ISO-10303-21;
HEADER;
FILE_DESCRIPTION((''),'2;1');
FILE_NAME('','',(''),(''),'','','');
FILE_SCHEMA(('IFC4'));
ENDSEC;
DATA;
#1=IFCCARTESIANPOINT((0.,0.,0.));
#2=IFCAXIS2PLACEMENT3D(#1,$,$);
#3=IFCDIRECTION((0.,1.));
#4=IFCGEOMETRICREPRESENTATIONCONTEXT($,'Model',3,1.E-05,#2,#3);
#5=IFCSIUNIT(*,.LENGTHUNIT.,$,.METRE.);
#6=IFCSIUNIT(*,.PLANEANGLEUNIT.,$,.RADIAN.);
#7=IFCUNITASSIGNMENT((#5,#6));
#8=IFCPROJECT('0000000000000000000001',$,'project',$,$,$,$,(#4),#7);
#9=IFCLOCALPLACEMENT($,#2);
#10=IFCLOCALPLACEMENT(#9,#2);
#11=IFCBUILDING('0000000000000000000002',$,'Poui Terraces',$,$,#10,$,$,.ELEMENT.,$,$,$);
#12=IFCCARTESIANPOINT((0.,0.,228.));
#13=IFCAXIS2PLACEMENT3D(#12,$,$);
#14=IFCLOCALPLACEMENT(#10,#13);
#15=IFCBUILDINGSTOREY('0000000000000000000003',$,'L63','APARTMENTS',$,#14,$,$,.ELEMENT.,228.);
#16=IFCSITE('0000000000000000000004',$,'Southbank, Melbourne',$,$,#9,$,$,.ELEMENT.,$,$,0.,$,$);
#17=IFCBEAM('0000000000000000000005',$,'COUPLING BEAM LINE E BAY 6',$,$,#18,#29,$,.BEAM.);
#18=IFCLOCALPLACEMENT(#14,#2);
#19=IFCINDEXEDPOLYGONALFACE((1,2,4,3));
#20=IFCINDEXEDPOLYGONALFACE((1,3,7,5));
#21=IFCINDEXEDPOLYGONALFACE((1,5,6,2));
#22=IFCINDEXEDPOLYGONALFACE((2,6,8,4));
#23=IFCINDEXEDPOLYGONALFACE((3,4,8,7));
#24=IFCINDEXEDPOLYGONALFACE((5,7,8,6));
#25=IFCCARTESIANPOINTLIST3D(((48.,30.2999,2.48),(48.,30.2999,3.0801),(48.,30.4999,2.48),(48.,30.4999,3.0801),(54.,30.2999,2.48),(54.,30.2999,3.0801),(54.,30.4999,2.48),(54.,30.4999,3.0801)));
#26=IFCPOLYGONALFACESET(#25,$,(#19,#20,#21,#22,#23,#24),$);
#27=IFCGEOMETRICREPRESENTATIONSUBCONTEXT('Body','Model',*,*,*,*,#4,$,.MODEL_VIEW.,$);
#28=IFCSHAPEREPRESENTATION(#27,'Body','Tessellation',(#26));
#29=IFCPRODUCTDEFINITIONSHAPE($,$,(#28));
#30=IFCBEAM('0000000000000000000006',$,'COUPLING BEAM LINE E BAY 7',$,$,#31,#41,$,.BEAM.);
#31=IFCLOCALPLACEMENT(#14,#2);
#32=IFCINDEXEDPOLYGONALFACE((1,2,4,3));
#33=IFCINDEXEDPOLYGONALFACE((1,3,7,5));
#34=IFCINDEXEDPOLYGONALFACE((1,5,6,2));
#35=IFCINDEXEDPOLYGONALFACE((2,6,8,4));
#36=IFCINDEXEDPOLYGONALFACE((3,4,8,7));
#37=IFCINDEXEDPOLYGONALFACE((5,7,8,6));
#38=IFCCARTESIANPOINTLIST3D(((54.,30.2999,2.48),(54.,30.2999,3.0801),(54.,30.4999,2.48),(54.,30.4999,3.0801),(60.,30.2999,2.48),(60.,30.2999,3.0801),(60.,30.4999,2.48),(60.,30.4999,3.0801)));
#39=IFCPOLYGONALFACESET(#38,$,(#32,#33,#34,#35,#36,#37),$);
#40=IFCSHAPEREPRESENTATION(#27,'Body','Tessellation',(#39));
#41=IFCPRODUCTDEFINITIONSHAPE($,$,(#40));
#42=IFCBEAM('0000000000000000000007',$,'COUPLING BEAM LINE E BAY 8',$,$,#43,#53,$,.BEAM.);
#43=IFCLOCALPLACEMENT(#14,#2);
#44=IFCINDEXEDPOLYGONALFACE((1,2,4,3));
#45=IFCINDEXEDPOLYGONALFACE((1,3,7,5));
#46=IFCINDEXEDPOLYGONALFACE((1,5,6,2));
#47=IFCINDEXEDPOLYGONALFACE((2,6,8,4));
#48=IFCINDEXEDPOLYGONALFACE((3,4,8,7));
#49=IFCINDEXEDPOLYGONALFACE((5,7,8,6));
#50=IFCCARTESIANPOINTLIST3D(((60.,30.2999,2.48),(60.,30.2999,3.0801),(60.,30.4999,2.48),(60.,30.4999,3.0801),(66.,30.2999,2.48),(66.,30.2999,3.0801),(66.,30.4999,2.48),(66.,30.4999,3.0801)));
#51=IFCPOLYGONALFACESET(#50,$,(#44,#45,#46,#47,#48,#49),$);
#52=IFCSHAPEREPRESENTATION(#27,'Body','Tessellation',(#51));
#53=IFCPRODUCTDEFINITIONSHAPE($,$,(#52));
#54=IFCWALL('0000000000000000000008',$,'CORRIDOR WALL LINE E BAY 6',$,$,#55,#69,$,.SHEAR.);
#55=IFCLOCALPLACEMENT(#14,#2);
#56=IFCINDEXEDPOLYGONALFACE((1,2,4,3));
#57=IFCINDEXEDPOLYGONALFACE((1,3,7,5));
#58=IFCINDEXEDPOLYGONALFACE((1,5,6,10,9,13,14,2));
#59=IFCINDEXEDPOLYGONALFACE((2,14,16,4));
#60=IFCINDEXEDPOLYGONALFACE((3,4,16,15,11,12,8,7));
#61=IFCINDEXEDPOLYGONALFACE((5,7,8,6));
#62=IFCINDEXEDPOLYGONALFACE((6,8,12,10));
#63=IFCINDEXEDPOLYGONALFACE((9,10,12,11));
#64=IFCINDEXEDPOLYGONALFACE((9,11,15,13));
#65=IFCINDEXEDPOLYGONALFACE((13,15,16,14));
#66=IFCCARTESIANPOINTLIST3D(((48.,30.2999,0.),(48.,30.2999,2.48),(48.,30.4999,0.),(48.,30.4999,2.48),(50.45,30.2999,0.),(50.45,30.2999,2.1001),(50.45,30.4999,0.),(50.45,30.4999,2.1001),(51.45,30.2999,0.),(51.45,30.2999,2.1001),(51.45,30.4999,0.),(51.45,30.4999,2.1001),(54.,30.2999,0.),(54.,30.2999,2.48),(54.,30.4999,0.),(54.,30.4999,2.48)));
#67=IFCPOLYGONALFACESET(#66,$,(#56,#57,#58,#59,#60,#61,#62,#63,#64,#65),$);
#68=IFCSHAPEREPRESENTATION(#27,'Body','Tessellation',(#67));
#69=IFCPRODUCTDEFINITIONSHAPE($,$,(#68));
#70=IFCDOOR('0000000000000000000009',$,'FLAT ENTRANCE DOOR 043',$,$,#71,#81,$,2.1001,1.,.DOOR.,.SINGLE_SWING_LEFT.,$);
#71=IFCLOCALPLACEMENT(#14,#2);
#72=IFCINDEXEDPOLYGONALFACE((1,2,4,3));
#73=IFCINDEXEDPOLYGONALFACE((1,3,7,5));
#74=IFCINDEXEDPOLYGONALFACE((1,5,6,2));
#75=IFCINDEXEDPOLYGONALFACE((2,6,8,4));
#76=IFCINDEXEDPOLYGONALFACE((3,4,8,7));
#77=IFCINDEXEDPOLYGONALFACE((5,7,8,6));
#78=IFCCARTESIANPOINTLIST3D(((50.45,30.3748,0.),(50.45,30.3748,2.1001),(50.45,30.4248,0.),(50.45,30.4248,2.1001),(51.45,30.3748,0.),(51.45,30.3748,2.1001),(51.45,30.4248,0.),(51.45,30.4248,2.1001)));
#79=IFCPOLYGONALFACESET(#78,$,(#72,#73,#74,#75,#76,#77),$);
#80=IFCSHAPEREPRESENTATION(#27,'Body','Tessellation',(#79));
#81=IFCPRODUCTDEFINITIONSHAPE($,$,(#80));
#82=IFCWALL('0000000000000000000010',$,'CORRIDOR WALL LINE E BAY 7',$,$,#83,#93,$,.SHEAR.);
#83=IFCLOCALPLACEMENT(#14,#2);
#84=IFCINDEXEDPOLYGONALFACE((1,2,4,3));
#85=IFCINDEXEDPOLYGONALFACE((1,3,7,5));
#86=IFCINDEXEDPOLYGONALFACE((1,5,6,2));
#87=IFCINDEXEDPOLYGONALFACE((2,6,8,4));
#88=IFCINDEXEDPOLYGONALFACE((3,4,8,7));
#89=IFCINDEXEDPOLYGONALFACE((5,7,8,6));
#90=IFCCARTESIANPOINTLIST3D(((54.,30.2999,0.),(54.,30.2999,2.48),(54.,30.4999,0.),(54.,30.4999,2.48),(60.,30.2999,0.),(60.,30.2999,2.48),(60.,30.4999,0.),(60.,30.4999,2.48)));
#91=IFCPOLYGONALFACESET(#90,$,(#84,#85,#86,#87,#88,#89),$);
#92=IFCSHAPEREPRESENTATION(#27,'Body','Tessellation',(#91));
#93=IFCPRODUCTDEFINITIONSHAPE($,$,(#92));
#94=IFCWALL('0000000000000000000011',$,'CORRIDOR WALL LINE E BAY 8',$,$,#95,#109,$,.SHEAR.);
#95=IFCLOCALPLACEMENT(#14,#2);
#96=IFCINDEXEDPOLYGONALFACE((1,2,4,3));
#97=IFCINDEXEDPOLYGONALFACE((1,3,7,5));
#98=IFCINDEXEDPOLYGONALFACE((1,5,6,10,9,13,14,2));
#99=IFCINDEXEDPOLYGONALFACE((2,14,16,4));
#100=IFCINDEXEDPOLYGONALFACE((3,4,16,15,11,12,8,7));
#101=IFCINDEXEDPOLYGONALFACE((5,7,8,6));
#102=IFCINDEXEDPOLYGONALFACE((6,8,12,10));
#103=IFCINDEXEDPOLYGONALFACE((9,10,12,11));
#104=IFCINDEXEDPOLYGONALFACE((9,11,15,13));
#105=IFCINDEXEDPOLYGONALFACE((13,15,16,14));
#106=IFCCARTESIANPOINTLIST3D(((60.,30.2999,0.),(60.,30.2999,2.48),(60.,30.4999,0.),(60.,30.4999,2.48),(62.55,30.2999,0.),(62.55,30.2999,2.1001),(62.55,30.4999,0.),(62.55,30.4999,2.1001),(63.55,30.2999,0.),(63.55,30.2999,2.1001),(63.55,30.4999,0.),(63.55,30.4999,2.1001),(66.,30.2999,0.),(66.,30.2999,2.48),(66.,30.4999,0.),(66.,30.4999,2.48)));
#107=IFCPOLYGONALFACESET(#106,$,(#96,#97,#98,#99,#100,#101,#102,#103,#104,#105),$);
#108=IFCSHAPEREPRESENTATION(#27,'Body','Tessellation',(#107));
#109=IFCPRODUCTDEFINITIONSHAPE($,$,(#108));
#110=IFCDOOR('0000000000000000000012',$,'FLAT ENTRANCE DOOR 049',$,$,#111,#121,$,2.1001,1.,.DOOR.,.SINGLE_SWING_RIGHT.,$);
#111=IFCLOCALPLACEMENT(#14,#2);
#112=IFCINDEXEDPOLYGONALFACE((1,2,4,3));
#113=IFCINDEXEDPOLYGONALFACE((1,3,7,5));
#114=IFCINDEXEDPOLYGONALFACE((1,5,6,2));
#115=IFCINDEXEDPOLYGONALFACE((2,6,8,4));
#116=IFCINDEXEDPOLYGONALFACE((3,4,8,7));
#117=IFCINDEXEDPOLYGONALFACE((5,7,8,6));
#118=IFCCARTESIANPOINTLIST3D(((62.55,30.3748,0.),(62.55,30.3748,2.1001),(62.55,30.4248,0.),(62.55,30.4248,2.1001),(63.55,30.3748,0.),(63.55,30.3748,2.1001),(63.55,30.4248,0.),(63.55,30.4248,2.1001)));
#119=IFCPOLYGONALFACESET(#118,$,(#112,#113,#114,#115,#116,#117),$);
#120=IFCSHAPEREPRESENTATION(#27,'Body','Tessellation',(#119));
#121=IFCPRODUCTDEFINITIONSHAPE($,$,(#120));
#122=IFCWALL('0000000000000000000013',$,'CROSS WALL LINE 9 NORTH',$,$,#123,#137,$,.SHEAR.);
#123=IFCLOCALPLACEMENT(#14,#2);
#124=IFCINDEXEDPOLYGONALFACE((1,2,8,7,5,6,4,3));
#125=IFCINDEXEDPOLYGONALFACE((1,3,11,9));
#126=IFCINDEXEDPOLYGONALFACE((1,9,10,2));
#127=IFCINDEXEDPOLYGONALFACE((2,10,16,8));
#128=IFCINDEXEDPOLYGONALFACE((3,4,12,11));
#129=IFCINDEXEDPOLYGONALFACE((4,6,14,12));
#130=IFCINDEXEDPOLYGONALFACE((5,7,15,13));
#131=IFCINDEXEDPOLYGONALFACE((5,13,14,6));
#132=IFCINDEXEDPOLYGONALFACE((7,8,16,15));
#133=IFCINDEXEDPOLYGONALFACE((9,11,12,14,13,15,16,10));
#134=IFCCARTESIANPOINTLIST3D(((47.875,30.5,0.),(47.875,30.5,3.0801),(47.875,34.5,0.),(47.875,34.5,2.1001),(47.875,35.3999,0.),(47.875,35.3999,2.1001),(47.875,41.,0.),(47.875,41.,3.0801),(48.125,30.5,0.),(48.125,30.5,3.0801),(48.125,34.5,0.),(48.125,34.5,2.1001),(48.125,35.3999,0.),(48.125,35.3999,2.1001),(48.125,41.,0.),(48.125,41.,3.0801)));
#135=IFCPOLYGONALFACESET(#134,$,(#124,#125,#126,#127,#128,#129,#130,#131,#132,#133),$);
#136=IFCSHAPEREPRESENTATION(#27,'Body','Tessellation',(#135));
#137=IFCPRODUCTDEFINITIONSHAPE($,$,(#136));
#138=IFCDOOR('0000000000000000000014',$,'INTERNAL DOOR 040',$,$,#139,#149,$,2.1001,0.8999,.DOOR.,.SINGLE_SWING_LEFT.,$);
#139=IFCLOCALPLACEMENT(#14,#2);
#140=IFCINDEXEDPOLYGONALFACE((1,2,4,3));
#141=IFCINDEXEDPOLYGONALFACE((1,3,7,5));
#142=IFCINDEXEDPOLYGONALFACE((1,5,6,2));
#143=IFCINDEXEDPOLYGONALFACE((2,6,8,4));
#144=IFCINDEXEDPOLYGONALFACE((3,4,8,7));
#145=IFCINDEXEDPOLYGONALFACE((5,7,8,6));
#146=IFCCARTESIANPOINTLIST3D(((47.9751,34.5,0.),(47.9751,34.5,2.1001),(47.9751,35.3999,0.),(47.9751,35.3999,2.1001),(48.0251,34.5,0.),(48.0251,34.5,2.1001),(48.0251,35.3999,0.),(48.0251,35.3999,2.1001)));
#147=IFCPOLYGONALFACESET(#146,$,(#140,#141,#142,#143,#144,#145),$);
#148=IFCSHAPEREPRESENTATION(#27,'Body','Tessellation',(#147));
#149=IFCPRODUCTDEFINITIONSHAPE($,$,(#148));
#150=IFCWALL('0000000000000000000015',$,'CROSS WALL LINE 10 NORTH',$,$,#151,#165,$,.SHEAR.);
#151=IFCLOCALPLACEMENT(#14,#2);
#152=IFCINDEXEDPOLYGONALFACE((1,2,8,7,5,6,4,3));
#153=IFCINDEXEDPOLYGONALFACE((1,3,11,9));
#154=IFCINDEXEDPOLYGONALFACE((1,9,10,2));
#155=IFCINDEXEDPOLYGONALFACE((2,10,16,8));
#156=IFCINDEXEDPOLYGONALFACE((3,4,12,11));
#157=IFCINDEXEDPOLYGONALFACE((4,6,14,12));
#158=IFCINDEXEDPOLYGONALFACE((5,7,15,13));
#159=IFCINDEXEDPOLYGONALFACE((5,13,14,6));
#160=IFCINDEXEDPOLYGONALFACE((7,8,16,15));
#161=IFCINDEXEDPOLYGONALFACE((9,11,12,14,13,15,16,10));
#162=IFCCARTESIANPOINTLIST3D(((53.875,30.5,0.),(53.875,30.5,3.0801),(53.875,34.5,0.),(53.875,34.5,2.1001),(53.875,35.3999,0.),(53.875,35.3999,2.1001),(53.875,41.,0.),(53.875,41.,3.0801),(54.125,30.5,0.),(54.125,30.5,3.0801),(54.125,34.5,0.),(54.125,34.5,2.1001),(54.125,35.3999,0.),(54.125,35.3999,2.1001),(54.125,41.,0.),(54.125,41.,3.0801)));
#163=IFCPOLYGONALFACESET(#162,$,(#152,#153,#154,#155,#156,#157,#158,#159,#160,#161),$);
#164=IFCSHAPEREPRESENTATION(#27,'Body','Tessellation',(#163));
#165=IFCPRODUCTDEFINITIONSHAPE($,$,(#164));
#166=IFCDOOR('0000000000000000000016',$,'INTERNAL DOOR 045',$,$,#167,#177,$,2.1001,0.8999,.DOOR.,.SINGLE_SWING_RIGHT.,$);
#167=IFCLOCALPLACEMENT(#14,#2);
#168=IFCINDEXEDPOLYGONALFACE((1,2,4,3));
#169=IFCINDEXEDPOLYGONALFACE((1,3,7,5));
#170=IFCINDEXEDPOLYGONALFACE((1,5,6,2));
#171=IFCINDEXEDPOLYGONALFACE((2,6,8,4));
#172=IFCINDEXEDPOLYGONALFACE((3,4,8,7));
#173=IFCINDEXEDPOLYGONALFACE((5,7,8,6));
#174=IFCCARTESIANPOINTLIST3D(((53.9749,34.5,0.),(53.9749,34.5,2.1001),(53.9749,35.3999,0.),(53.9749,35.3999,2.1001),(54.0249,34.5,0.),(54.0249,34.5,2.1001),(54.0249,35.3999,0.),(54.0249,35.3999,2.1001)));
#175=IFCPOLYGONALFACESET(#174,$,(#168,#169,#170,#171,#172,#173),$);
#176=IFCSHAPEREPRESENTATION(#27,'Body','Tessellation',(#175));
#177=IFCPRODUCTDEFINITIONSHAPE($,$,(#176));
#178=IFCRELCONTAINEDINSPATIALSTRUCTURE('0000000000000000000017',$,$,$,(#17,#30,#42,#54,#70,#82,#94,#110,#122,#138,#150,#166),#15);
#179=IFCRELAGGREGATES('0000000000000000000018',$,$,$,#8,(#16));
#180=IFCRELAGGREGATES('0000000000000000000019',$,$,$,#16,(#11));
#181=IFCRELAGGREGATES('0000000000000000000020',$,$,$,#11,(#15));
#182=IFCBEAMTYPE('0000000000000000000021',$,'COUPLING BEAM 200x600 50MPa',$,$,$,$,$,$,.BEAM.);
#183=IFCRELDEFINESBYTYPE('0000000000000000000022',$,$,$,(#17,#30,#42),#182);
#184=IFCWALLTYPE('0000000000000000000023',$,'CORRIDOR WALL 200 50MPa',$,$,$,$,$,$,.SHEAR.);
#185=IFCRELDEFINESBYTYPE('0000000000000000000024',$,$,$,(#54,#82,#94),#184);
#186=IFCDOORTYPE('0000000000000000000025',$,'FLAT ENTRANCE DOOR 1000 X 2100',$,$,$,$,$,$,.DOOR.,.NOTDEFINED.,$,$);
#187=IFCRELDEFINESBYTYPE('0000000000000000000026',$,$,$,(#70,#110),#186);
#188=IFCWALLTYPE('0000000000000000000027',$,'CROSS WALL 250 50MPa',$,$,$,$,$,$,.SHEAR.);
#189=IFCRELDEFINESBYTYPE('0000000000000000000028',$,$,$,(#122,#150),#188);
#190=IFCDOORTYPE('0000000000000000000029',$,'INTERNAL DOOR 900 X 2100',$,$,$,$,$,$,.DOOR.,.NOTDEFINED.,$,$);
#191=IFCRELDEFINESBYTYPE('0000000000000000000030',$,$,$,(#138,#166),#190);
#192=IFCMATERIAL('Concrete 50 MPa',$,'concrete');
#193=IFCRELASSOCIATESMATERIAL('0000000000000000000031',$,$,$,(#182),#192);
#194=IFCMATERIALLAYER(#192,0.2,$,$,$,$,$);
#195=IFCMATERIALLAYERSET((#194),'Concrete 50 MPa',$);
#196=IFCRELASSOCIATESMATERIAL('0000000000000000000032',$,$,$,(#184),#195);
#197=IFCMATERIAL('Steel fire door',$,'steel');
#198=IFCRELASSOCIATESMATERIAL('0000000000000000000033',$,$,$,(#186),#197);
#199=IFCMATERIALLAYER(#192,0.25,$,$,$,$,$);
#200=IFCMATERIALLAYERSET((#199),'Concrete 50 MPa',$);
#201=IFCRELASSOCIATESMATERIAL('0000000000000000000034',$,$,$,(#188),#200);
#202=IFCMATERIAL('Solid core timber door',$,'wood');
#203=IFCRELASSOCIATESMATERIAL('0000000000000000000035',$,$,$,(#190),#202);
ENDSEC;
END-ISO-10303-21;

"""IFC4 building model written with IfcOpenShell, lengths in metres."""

from ifc_helpers import new_model, si_unit, direction, frame, frame_2d, origin, origin_2d, place, context, subcontext, project, spatial, rectangle, extrude, source, transform, mapped, material, layer, layer_set, material_profile, profile_set, type_object, element, fill, save


model = new_model("IFC4")

# Units and contexts
model_context = context("Model", 3, precision=1e-05, world=origin(), true_north=direction((0.0, 1.0)))
body_context = subcontext(model_context, "Body", "Model", "MODEL_VIEW")
ifc_project = project(units=[si_unit("LENGTHUNIT", "METRE"), si_unit("PLANEANGLEUNIT", "RADIAN")], contexts=[model_context])

# Site, building, storey
site_placement = place(None, origin())
site = spatial("IfcSite", under=ifc_project, at=site_placement, Name="Southbank, Melbourne", CompositionType="ELEMENT", RefElevation=0.0)
building_placement = place(site_placement, origin())
building = spatial("IfcBuilding", under=site, at=building_placement, Name="Poui Terraces", CompositionType="ELEMENT")
storey_placement = place(building_placement, frame((0.0, 0.0, 228.0)))
storey = spatial("IfcBuildingStorey", under=building, at=storey_placement, Name="L63", Description="APARTMENTS", CompositionType="ELEMENT", Elevation=228.0)

# Beams
ifc_material_1 = material(Name="Concrete 50 MPa", Category="concrete")
ifc_material_profile = material_profile(ifc_material_1, rectangle(XDim=0.2, YDim=0.6001, at=origin_2d()), Name="RC 200x600")
ifc_profile_set = profile_set([ifc_material_profile], Name="Concrete 50 MPa")
beam_type = type_object("IfcBeamType", Name="COUPLING BEAM 200x600 50MPa", PredefinedType="BEAM", material=ifc_profile_set)
shared_shape = source(origin(), body_context, "Body", "SweptSolid", [
    extrude(rectangle(XDim=0.2, YDim=0.6001, at=origin_2d()), origin(), (0.0, 0.0, 1.0), 6.0),
])
for number, where, z_axis, x_axis, name in (
    (1, (48.0, 30.3999, 2.78), (1.0, 0.0, 0.0), (0.0, 1.0, 0.0), "COUPLING BEAM LINE E BAY 6"),
    (2, (54.0, 30.3999, 2.78), (1.0, 0.0, 0.0), (0.0, 1.0, 0.0), "COUPLING BEAM LINE E BAY 7"),
    (3, (60.0, 30.3999, 2.78), (1.0, 0.0, 0.0), (0.0, 1.0, 0.0), "COUPLING BEAM LINE E BAY 8"),
):
    element("IfcBeam", number, at=place(storey_placement, frame(where, z_axis=z_axis, x_axis=x_axis)), inside=storey, type_object=beam_type, Name=name, PredefinedType="BEAM", context=body_context, shape_type="MappedRepresentation", body=[
        mapped(shared_shape, transform((0.0, 0.0, 0.0))),
    ])

# Wall, opening, door
ifc_layer_1 = layer(ifc_material_1, 0.2)
ifc_layer_set_1 = layer_set([ifc_layer_1], Name="Concrete 50 MPa")
wall_type_1 = type_object("IfcWallType", Name="CORRIDOR WALL 200 50MPa", PredefinedType="SHEAR", material=ifc_layer_set_1)
wall_1_placement = place(storey_placement, frame((48.0, 30.3999, 0.0), z_axis=(0.0, 0.0, 1.0), x_axis=(1.0, 0.0, 0.0)))
wall_1 = element("IfcWall", 4, at=wall_1_placement, inside=storey, type_object=wall_type_1, Name="CORRIDOR WALL LINE E BAY 6", PredefinedType="SHEAR", context=body_context, shape_type="SweptSolid", body=[
    extrude(rectangle(XDim=6.0, YDim=0.2, at=frame_2d((3.0, 0.0))), origin(), (0.0, 0.0, 1.0), 2.48),
])
opening_1_placement = place(wall_1_placement, frame((2.45, 0.0, 0.0)))
opening_1 = element("IfcOpeningElement", 5, at=opening_1_placement, cuts=wall_1, PredefinedType="OPENING", context=body_context, shape_type="SweptSolid", body=[
    extrude(rectangle(XDim=1.0, YDim=2.1001, at=frame_2d((0.5, 1.05))), frame((0.0, 0.1099, 0.0), z_axis=(0.0, -1.0, 0.0), x_axis=(1.0, 0.0, 0.0)), (0.0, 0.0, 1.0), 0.22),
])
ifc_material_2 = material(Name="Steel fire door", Category="steel")
door_type_1 = type_object("IfcDoorType", Name="FLAT ENTRANCE DOOR 1000 X 2100", OperationType="NOTDEFINED", PredefinedType="DOOR", material=ifc_material_2)
door_1_placement = place(opening_1_placement, origin())
door_1 = element("IfcDoor", 6, at=door_1_placement, inside=storey, type_object=door_type_1, Name="FLAT ENTRANCE DOOR 043", OperationType="SINGLE_SWING_LEFT", OverallHeight=2.1001, OverallWidth=1.0, PredefinedType="DOOR", context=body_context, shape_type="SweptSolid", body=[
    extrude(rectangle(XDim=1.0, YDim=2.1001, at=frame_2d((0.5, 1.05))), frame((0.0, 0.0249, 0.0), z_axis=(0.0, -1.0, 0.0), x_axis=(1.0, 0.0, 0.0)), (0.0, 0.0, 1.0), 0.05),
])
fill(opening_1, door_1)

# Wall
wall_2_placement = place(storey_placement, frame((54.0, 30.3999, 0.0), z_axis=(0.0, 0.0, 1.0), x_axis=(1.0, 0.0, 0.0)))
element("IfcWall", 7, at=wall_2_placement, inside=storey, type_object=wall_type_1, Name="CORRIDOR WALL LINE E BAY 7", PredefinedType="SHEAR", context=body_context, shape_type="SweptSolid", body=[
    extrude(rectangle(XDim=6.0, YDim=0.2, at=frame_2d((3.0, 0.0))), origin(), (0.0, 0.0, 1.0), 2.48),
])

# Walls, openings, doors
wall_3_placement = place(storey_placement, frame((60.0, 30.3999, 0.0), z_axis=(0.0, 0.0, 1.0), x_axis=(1.0, 0.0, 0.0)))
wall_3 = element("IfcWall", 8, at=wall_3_placement, inside=storey, type_object=wall_type_1, Name="CORRIDOR WALL LINE E BAY 8", PredefinedType="SHEAR", context=body_context, shape_type="SweptSolid", body=[
    extrude(rectangle(XDim=6.0, YDim=0.2, at=frame_2d((3.0, 0.0))), origin(), (0.0, 0.0, 1.0), 2.48),
])
opening_2_placement = place(wall_3_placement, frame((2.55, 0.0, 0.0)))
opening_2 = element("IfcOpeningElement", 9, at=opening_2_placement, cuts=wall_3, PredefinedType="OPENING", context=body_context, shape_type="SweptSolid", body=[
    extrude(rectangle(XDim=1.0, YDim=2.1001, at=frame_2d((0.5, 1.05))), frame((0.0, 0.1099, 0.0), z_axis=(0.0, -1.0, 0.0), x_axis=(1.0, 0.0, 0.0)), (0.0, 0.0, 1.0), 0.22),
])
door_2_placement = place(opening_2_placement, origin())
door_2 = element("IfcDoor", 10, at=door_2_placement, inside=storey, type_object=door_type_1, Name="FLAT ENTRANCE DOOR 049", OperationType="SINGLE_SWING_RIGHT", OverallHeight=2.1001, OverallWidth=1.0, PredefinedType="DOOR", context=body_context, shape_type="SweptSolid", body=[
    extrude(rectangle(XDim=1.0, YDim=2.1001, at=frame_2d((0.5, 1.05))), frame((0.0, 0.0249, 0.0), z_axis=(0.0, -1.0, 0.0), x_axis=(1.0, 0.0, 0.0)), (0.0, 0.0, 1.0), 0.05),
])
fill(opening_2, door_2)
ifc_layer_2 = layer(ifc_material_1, 0.25)
ifc_layer_set_2 = layer_set([ifc_layer_2], Name="Concrete 50 MPa")
wall_type_2 = type_object("IfcWallType", Name="CROSS WALL 250 50MPa", PredefinedType="SHEAR", material=ifc_layer_set_2)
wall_4_placement = place(storey_placement, frame((48.0, 30.5, 0.0), z_axis=(0.0, 0.0, 1.0), x_axis=(0.0, 1.0, 0.0)))
wall_4 = element("IfcWall", 11, at=wall_4_placement, inside=storey, type_object=wall_type_2, Name="CROSS WALL LINE 9 NORTH", PredefinedType="SHEAR", context=body_context, shape_type="SweptSolid", body=[
    extrude(rectangle(XDim=10.5, YDim=0.25, at=frame_2d((5.25, 0.0))), origin(), (0.0, 0.0, 1.0), 3.0801),
])
opening_3_placement = place(wall_4_placement, frame((4.0, 0.0, 0.0)))
opening_3 = element("IfcOpeningElement", 12, at=opening_3_placement, cuts=wall_4, PredefinedType="OPENING", context=body_context, shape_type="SweptSolid", body=[
    extrude(rectangle(XDim=0.8999, YDim=2.1001, at=frame_2d((0.45, 1.05))), frame((0.0, 0.135, 0.0), z_axis=(0.0, -1.0, 0.0), x_axis=(1.0, 0.0, 0.0)), (0.0, 0.0, 1.0), 0.27),
])
ifc_material_3 = material(Name="Solid core timber door", Category="wood")
door_type_2 = type_object("IfcDoorType", Name="INTERNAL DOOR 900 X 2100", OperationType="NOTDEFINED", PredefinedType="DOOR", material=ifc_material_3)
door_3_placement = place(opening_3_placement, origin())
door_3 = element("IfcDoor", 13, at=door_3_placement, inside=storey, type_object=door_type_2, Name="INTERNAL DOOR 040", OperationType="SINGLE_SWING_LEFT", OverallHeight=2.1001, OverallWidth=0.8999, PredefinedType="DOOR", context=body_context, shape_type="SweptSolid", body=[
    extrude(rectangle(XDim=0.8999, YDim=2.1001, at=frame_2d((0.45, 1.05))), frame((0.0, 0.0249, 0.0), z_axis=(0.0, -1.0, 0.0), x_axis=(1.0, 0.0, 0.0)), (0.0, 0.0, 1.0), 0.05),
])
fill(opening_3, door_3)
wall_5_placement = place(storey_placement, frame((54.0, 30.5, 0.0), z_axis=(0.0, 0.0, 1.0), x_axis=(0.0, 1.0, 0.0)))
wall_5 = element("IfcWall", 14, at=wall_5_placement, inside=storey, type_object=wall_type_2, Name="CROSS WALL LINE 10 NORTH", PredefinedType="SHEAR", context=body_context, shape_type="SweptSolid", body=[
    extrude(rectangle(XDim=10.5, YDim=0.25, at=frame_2d((5.25, 0.0))), origin(), (0.0, 0.0, 1.0), 3.0801),
])
opening_4_placement = place(wall_5_placement, frame((4.0, 0.0, 0.0)))
opening_4 = element("IfcOpeningElement", 15, at=opening_4_placement, cuts=wall_5, PredefinedType="OPENING", context=body_context, shape_type="SweptSolid", body=[
    extrude(rectangle(XDim=0.8999, YDim=2.1001, at=frame_2d((0.45, 1.05))), frame((0.0, 0.135, 0.0), z_axis=(0.0, -1.0, 0.0), x_axis=(1.0, 0.0, 0.0)), (0.0, 0.0, 1.0), 0.27),
])
door_4_placement = place(opening_4_placement, frame((0.8999, 0.0, 0.0), z_axis=(0.0, 0.0, 1.0), x_axis=(-1.0, 0.0, 0.0)))
door_4 = element("IfcDoor", 16, at=door_4_placement, inside=storey, type_object=door_type_2, Name="INTERNAL DOOR 045", OperationType="SINGLE_SWING_RIGHT", OverallHeight=2.1001, OverallWidth=0.8999, PredefinedType="DOOR", context=body_context, shape_type="SweptSolid", body=[
    extrude(rectangle(XDim=0.8999, YDim=2.1001, at=frame_2d((0.45, 1.05))), frame((0.0, 0.0249, 0.0), z_axis=(0.0, -1.0, 0.0), x_axis=(1.0, 0.0, 0.0)), (0.0, 0.0, 1.0), 0.05),
])
fill(opening_4, door_4)

save(model, "model.ifc")
